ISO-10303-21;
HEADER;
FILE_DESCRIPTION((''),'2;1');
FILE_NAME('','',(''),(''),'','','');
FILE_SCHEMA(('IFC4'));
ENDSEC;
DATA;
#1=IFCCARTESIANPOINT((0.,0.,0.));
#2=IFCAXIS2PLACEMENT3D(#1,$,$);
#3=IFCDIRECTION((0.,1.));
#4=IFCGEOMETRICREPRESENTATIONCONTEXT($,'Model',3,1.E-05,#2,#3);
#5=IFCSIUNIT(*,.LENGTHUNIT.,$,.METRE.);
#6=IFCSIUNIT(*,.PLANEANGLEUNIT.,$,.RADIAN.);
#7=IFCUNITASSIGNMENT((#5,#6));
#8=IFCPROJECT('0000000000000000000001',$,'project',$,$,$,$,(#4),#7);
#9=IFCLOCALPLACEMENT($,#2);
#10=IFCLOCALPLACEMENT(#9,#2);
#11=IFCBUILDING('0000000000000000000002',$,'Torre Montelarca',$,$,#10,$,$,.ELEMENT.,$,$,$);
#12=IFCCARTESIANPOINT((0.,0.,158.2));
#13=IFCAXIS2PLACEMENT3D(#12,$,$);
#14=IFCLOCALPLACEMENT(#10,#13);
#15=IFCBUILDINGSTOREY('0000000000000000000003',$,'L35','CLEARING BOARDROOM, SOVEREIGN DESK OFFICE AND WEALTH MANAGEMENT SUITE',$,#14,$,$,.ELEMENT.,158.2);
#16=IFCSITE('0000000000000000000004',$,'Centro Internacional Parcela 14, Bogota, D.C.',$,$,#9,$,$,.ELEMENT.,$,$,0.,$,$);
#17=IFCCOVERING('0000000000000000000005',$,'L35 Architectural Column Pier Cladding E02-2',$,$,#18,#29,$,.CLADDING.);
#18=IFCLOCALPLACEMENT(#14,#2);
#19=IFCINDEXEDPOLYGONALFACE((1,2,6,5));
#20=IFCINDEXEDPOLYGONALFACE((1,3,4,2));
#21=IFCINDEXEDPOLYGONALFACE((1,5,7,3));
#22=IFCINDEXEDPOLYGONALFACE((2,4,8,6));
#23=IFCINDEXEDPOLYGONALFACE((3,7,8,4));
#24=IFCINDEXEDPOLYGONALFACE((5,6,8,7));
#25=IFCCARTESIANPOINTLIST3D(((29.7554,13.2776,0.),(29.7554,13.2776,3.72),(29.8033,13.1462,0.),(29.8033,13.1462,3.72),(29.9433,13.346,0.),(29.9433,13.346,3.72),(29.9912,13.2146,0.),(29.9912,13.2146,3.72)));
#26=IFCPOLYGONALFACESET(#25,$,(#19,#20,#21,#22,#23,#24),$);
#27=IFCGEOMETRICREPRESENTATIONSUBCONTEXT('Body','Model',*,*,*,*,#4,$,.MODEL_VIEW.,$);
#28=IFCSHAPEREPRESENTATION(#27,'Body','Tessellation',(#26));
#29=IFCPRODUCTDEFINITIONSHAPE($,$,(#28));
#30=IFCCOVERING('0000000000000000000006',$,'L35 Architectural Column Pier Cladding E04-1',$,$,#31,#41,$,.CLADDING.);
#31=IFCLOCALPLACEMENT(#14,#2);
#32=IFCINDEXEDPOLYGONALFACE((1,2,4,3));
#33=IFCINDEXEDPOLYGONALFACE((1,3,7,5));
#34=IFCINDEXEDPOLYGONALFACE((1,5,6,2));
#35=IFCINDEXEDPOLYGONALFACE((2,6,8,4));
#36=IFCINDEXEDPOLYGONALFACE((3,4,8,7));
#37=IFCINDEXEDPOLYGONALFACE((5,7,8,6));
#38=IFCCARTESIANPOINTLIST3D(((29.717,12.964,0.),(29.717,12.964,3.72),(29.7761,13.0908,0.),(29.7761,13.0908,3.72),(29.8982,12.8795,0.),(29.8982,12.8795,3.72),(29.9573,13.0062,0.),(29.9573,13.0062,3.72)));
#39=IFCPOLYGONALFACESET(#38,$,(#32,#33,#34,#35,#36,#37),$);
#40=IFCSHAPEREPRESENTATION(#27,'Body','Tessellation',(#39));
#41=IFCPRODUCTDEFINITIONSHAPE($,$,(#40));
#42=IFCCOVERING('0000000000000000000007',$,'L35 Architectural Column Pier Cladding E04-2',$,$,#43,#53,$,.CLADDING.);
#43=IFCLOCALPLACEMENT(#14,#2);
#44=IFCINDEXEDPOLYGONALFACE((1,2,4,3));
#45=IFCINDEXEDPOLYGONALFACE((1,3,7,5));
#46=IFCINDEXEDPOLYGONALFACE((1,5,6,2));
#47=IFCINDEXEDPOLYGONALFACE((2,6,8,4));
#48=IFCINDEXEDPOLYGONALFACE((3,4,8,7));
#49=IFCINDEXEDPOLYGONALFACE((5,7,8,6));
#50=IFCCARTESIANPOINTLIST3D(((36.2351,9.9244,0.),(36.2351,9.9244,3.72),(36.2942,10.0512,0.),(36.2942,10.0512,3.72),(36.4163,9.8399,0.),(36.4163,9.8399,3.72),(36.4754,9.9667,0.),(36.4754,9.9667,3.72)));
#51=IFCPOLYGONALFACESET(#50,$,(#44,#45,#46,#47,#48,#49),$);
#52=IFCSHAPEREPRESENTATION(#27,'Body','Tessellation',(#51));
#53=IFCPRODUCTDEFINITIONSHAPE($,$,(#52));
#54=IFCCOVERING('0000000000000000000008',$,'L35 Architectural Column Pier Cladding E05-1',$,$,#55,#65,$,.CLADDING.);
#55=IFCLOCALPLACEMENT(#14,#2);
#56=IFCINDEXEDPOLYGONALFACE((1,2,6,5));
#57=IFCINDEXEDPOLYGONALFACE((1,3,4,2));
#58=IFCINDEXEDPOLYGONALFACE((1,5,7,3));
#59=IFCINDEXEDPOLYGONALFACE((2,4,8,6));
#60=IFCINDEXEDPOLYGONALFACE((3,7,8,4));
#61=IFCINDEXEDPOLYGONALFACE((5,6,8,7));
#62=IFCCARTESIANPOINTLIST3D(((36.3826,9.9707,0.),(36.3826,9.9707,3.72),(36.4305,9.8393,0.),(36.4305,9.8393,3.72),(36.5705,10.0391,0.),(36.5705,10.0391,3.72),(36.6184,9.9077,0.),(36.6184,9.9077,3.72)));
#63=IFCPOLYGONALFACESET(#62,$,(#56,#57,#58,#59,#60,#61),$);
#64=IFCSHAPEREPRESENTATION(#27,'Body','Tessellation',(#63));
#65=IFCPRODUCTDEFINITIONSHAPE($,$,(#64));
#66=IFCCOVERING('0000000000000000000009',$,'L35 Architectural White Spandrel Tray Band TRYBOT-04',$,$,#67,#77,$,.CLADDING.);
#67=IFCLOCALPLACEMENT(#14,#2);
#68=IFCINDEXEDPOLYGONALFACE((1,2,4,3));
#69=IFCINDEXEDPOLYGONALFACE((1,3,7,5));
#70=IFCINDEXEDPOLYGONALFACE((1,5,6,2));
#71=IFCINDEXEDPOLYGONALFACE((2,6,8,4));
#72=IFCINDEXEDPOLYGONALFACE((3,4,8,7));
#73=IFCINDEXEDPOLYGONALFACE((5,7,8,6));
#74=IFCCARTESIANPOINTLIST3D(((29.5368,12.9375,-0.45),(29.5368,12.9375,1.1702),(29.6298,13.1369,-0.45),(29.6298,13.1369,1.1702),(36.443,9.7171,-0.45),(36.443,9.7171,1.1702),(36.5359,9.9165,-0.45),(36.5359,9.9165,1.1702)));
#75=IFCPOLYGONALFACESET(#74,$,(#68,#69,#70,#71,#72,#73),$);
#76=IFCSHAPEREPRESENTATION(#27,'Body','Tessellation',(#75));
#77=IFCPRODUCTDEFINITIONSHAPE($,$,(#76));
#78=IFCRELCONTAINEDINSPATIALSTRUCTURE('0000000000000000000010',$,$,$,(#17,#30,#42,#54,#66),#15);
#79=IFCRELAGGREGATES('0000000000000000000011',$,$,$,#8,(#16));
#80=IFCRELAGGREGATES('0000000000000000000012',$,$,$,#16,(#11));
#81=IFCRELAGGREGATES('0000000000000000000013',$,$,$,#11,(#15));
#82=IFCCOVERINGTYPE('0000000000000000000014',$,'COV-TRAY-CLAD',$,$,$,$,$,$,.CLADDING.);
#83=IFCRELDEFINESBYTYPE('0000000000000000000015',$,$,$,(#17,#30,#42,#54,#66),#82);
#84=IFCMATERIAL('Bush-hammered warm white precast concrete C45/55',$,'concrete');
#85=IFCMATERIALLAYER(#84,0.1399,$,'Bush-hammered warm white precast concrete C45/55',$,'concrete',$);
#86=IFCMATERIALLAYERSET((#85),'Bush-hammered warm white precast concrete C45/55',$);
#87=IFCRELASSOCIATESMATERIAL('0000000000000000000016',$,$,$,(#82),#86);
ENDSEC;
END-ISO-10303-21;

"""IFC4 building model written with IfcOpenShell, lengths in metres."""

from ifc_helpers import new_model, si_unit, direction, frame, origin, origin_2d, place, context, subcontext, project, spatial, rectangle, extrude, source, transform, mapped, material, layer, layer_set, type_object, element, save


model = new_model("IFC4")

# Units and contexts
model_context = context("Model", 3, precision=1e-05, world=origin(), true_north=direction((0.0, 1.0)))
body_context = subcontext(model_context, "Body", "Model", "MODEL_VIEW")
ifc_project = project(units=[si_unit("LENGTHUNIT", "METRE"), si_unit("PLANEANGLEUNIT", "RADIAN")], contexts=[model_context])

# Site, building, storey
site_placement = place(None, origin())
site = spatial("IfcSite", under=ifc_project, at=site_placement, Name="Centro Internacional Parcela 14, Bogota, D.C.", CompositionType="ELEMENT", RefElevation=0.0)
building_placement = place(site_placement, origin())
building = spatial("IfcBuilding", under=site, at=building_placement, Name="Torre Montelarca", CompositionType="ELEMENT")
storey_placement = place(building_placement, frame((0.0, 0.0, 158.2)))
storey = spatial("IfcBuildingStorey", under=building, at=storey_placement, Name="L35", Description="CLEARING BOARDROOM, SOVEREIGN DESK OFFICE AND WEALTH MANAGEMENT SUITE", CompositionType="ELEMENT", Elevation=158.2)

# Coverings
ifc_material_1 = material(Name="Bush-hammered warm white precast concrete C45/55", Category="concrete")
ifc_layer_1 = layer(ifc_material_1, 0.1399, Name="Bush-hammered warm white precast concrete C45/55", Category="concrete")
ifc_layer_set_1 = layer_set([ifc_layer_1], Name="Bush-hammered warm white precast concrete C45/55")
covering_type = type_object("IfcCoveringType", Name="COV-TRAY-CLAD", PredefinedType="CLADDING", material=ifc_layer_set_1)
shared_shape_1 = source(origin(), body_context, "Body", "SweptSolid", [
    extrude(rectangle(XDim=0.2, YDim=0.1399, at=origin_2d()), origin(), (0.0, 0.0, 1.0), 3.72),
])
for number, where, z_axis, x_axis, name in (
    (1, (29.8733, 13.2461, 0.0), (0.0, 0.0, 1.0), (0.939695, 0.342014, 0.0), "L35 Architectural Column Pier Cladding E02-2"),
    (2, (29.8372, 12.9851, 0.0), (0.0, 0.0, 1.0), (0.906309, -0.422615, 0.0), "L35 Architectural Column Pier Cladding E04-1"),
    (3, (36.3552, 9.9456, 0.0), (0.0, 0.0, 1.0), (0.906309, -0.422615, 0.0), "L35 Architectural Column Pier Cladding E04-2"),
    (4, (36.5005, 9.9392, 0.0), (0.0, 0.0, 1.0), (0.939696, 0.342012, 0.0), "L35 Architectural Column Pier Cladding E05-1"),
):
    element("IfcCovering", number, at=place(storey_placement, frame(where, z_axis=z_axis, x_axis=x_axis)), inside=storey, type_object=covering_type, Name=name, PredefinedType="CLADDING", context=body_context, shape_type="MappedRepresentation", body=[
        mapped(shared_shape_1, transform((0.0, 0.0, 0.0), scale=1.0)),
    ])
shared_shape_2 = source(origin(), body_context, "Body", "SweptSolid", [
    extrude(rectangle(XDim=7.6201, YDim=0.22, at=origin_2d()), origin(), (0.0, 0.0, 1.0), 1.6201),
])
covering_1_placement = place(storey_placement, frame((33.0364, 11.427, -0.45), z_axis=(0.0, 0.0, 1.0), x_axis=(0.906309, -0.422615, 0.0)))
element("IfcCovering", 5, at=covering_1_placement, inside=storey, type_object=covering_type, Name="L35 Architectural White Spandrel Tray Band TRYBOT-04", PredefinedType="CLADDING", context=body_context, shape_type="MappedRepresentation", body=[
    mapped(shared_shape_2, transform((0.0, 0.0, 0.0), scale=1.0)),
])

save(model, "model.ifc")
